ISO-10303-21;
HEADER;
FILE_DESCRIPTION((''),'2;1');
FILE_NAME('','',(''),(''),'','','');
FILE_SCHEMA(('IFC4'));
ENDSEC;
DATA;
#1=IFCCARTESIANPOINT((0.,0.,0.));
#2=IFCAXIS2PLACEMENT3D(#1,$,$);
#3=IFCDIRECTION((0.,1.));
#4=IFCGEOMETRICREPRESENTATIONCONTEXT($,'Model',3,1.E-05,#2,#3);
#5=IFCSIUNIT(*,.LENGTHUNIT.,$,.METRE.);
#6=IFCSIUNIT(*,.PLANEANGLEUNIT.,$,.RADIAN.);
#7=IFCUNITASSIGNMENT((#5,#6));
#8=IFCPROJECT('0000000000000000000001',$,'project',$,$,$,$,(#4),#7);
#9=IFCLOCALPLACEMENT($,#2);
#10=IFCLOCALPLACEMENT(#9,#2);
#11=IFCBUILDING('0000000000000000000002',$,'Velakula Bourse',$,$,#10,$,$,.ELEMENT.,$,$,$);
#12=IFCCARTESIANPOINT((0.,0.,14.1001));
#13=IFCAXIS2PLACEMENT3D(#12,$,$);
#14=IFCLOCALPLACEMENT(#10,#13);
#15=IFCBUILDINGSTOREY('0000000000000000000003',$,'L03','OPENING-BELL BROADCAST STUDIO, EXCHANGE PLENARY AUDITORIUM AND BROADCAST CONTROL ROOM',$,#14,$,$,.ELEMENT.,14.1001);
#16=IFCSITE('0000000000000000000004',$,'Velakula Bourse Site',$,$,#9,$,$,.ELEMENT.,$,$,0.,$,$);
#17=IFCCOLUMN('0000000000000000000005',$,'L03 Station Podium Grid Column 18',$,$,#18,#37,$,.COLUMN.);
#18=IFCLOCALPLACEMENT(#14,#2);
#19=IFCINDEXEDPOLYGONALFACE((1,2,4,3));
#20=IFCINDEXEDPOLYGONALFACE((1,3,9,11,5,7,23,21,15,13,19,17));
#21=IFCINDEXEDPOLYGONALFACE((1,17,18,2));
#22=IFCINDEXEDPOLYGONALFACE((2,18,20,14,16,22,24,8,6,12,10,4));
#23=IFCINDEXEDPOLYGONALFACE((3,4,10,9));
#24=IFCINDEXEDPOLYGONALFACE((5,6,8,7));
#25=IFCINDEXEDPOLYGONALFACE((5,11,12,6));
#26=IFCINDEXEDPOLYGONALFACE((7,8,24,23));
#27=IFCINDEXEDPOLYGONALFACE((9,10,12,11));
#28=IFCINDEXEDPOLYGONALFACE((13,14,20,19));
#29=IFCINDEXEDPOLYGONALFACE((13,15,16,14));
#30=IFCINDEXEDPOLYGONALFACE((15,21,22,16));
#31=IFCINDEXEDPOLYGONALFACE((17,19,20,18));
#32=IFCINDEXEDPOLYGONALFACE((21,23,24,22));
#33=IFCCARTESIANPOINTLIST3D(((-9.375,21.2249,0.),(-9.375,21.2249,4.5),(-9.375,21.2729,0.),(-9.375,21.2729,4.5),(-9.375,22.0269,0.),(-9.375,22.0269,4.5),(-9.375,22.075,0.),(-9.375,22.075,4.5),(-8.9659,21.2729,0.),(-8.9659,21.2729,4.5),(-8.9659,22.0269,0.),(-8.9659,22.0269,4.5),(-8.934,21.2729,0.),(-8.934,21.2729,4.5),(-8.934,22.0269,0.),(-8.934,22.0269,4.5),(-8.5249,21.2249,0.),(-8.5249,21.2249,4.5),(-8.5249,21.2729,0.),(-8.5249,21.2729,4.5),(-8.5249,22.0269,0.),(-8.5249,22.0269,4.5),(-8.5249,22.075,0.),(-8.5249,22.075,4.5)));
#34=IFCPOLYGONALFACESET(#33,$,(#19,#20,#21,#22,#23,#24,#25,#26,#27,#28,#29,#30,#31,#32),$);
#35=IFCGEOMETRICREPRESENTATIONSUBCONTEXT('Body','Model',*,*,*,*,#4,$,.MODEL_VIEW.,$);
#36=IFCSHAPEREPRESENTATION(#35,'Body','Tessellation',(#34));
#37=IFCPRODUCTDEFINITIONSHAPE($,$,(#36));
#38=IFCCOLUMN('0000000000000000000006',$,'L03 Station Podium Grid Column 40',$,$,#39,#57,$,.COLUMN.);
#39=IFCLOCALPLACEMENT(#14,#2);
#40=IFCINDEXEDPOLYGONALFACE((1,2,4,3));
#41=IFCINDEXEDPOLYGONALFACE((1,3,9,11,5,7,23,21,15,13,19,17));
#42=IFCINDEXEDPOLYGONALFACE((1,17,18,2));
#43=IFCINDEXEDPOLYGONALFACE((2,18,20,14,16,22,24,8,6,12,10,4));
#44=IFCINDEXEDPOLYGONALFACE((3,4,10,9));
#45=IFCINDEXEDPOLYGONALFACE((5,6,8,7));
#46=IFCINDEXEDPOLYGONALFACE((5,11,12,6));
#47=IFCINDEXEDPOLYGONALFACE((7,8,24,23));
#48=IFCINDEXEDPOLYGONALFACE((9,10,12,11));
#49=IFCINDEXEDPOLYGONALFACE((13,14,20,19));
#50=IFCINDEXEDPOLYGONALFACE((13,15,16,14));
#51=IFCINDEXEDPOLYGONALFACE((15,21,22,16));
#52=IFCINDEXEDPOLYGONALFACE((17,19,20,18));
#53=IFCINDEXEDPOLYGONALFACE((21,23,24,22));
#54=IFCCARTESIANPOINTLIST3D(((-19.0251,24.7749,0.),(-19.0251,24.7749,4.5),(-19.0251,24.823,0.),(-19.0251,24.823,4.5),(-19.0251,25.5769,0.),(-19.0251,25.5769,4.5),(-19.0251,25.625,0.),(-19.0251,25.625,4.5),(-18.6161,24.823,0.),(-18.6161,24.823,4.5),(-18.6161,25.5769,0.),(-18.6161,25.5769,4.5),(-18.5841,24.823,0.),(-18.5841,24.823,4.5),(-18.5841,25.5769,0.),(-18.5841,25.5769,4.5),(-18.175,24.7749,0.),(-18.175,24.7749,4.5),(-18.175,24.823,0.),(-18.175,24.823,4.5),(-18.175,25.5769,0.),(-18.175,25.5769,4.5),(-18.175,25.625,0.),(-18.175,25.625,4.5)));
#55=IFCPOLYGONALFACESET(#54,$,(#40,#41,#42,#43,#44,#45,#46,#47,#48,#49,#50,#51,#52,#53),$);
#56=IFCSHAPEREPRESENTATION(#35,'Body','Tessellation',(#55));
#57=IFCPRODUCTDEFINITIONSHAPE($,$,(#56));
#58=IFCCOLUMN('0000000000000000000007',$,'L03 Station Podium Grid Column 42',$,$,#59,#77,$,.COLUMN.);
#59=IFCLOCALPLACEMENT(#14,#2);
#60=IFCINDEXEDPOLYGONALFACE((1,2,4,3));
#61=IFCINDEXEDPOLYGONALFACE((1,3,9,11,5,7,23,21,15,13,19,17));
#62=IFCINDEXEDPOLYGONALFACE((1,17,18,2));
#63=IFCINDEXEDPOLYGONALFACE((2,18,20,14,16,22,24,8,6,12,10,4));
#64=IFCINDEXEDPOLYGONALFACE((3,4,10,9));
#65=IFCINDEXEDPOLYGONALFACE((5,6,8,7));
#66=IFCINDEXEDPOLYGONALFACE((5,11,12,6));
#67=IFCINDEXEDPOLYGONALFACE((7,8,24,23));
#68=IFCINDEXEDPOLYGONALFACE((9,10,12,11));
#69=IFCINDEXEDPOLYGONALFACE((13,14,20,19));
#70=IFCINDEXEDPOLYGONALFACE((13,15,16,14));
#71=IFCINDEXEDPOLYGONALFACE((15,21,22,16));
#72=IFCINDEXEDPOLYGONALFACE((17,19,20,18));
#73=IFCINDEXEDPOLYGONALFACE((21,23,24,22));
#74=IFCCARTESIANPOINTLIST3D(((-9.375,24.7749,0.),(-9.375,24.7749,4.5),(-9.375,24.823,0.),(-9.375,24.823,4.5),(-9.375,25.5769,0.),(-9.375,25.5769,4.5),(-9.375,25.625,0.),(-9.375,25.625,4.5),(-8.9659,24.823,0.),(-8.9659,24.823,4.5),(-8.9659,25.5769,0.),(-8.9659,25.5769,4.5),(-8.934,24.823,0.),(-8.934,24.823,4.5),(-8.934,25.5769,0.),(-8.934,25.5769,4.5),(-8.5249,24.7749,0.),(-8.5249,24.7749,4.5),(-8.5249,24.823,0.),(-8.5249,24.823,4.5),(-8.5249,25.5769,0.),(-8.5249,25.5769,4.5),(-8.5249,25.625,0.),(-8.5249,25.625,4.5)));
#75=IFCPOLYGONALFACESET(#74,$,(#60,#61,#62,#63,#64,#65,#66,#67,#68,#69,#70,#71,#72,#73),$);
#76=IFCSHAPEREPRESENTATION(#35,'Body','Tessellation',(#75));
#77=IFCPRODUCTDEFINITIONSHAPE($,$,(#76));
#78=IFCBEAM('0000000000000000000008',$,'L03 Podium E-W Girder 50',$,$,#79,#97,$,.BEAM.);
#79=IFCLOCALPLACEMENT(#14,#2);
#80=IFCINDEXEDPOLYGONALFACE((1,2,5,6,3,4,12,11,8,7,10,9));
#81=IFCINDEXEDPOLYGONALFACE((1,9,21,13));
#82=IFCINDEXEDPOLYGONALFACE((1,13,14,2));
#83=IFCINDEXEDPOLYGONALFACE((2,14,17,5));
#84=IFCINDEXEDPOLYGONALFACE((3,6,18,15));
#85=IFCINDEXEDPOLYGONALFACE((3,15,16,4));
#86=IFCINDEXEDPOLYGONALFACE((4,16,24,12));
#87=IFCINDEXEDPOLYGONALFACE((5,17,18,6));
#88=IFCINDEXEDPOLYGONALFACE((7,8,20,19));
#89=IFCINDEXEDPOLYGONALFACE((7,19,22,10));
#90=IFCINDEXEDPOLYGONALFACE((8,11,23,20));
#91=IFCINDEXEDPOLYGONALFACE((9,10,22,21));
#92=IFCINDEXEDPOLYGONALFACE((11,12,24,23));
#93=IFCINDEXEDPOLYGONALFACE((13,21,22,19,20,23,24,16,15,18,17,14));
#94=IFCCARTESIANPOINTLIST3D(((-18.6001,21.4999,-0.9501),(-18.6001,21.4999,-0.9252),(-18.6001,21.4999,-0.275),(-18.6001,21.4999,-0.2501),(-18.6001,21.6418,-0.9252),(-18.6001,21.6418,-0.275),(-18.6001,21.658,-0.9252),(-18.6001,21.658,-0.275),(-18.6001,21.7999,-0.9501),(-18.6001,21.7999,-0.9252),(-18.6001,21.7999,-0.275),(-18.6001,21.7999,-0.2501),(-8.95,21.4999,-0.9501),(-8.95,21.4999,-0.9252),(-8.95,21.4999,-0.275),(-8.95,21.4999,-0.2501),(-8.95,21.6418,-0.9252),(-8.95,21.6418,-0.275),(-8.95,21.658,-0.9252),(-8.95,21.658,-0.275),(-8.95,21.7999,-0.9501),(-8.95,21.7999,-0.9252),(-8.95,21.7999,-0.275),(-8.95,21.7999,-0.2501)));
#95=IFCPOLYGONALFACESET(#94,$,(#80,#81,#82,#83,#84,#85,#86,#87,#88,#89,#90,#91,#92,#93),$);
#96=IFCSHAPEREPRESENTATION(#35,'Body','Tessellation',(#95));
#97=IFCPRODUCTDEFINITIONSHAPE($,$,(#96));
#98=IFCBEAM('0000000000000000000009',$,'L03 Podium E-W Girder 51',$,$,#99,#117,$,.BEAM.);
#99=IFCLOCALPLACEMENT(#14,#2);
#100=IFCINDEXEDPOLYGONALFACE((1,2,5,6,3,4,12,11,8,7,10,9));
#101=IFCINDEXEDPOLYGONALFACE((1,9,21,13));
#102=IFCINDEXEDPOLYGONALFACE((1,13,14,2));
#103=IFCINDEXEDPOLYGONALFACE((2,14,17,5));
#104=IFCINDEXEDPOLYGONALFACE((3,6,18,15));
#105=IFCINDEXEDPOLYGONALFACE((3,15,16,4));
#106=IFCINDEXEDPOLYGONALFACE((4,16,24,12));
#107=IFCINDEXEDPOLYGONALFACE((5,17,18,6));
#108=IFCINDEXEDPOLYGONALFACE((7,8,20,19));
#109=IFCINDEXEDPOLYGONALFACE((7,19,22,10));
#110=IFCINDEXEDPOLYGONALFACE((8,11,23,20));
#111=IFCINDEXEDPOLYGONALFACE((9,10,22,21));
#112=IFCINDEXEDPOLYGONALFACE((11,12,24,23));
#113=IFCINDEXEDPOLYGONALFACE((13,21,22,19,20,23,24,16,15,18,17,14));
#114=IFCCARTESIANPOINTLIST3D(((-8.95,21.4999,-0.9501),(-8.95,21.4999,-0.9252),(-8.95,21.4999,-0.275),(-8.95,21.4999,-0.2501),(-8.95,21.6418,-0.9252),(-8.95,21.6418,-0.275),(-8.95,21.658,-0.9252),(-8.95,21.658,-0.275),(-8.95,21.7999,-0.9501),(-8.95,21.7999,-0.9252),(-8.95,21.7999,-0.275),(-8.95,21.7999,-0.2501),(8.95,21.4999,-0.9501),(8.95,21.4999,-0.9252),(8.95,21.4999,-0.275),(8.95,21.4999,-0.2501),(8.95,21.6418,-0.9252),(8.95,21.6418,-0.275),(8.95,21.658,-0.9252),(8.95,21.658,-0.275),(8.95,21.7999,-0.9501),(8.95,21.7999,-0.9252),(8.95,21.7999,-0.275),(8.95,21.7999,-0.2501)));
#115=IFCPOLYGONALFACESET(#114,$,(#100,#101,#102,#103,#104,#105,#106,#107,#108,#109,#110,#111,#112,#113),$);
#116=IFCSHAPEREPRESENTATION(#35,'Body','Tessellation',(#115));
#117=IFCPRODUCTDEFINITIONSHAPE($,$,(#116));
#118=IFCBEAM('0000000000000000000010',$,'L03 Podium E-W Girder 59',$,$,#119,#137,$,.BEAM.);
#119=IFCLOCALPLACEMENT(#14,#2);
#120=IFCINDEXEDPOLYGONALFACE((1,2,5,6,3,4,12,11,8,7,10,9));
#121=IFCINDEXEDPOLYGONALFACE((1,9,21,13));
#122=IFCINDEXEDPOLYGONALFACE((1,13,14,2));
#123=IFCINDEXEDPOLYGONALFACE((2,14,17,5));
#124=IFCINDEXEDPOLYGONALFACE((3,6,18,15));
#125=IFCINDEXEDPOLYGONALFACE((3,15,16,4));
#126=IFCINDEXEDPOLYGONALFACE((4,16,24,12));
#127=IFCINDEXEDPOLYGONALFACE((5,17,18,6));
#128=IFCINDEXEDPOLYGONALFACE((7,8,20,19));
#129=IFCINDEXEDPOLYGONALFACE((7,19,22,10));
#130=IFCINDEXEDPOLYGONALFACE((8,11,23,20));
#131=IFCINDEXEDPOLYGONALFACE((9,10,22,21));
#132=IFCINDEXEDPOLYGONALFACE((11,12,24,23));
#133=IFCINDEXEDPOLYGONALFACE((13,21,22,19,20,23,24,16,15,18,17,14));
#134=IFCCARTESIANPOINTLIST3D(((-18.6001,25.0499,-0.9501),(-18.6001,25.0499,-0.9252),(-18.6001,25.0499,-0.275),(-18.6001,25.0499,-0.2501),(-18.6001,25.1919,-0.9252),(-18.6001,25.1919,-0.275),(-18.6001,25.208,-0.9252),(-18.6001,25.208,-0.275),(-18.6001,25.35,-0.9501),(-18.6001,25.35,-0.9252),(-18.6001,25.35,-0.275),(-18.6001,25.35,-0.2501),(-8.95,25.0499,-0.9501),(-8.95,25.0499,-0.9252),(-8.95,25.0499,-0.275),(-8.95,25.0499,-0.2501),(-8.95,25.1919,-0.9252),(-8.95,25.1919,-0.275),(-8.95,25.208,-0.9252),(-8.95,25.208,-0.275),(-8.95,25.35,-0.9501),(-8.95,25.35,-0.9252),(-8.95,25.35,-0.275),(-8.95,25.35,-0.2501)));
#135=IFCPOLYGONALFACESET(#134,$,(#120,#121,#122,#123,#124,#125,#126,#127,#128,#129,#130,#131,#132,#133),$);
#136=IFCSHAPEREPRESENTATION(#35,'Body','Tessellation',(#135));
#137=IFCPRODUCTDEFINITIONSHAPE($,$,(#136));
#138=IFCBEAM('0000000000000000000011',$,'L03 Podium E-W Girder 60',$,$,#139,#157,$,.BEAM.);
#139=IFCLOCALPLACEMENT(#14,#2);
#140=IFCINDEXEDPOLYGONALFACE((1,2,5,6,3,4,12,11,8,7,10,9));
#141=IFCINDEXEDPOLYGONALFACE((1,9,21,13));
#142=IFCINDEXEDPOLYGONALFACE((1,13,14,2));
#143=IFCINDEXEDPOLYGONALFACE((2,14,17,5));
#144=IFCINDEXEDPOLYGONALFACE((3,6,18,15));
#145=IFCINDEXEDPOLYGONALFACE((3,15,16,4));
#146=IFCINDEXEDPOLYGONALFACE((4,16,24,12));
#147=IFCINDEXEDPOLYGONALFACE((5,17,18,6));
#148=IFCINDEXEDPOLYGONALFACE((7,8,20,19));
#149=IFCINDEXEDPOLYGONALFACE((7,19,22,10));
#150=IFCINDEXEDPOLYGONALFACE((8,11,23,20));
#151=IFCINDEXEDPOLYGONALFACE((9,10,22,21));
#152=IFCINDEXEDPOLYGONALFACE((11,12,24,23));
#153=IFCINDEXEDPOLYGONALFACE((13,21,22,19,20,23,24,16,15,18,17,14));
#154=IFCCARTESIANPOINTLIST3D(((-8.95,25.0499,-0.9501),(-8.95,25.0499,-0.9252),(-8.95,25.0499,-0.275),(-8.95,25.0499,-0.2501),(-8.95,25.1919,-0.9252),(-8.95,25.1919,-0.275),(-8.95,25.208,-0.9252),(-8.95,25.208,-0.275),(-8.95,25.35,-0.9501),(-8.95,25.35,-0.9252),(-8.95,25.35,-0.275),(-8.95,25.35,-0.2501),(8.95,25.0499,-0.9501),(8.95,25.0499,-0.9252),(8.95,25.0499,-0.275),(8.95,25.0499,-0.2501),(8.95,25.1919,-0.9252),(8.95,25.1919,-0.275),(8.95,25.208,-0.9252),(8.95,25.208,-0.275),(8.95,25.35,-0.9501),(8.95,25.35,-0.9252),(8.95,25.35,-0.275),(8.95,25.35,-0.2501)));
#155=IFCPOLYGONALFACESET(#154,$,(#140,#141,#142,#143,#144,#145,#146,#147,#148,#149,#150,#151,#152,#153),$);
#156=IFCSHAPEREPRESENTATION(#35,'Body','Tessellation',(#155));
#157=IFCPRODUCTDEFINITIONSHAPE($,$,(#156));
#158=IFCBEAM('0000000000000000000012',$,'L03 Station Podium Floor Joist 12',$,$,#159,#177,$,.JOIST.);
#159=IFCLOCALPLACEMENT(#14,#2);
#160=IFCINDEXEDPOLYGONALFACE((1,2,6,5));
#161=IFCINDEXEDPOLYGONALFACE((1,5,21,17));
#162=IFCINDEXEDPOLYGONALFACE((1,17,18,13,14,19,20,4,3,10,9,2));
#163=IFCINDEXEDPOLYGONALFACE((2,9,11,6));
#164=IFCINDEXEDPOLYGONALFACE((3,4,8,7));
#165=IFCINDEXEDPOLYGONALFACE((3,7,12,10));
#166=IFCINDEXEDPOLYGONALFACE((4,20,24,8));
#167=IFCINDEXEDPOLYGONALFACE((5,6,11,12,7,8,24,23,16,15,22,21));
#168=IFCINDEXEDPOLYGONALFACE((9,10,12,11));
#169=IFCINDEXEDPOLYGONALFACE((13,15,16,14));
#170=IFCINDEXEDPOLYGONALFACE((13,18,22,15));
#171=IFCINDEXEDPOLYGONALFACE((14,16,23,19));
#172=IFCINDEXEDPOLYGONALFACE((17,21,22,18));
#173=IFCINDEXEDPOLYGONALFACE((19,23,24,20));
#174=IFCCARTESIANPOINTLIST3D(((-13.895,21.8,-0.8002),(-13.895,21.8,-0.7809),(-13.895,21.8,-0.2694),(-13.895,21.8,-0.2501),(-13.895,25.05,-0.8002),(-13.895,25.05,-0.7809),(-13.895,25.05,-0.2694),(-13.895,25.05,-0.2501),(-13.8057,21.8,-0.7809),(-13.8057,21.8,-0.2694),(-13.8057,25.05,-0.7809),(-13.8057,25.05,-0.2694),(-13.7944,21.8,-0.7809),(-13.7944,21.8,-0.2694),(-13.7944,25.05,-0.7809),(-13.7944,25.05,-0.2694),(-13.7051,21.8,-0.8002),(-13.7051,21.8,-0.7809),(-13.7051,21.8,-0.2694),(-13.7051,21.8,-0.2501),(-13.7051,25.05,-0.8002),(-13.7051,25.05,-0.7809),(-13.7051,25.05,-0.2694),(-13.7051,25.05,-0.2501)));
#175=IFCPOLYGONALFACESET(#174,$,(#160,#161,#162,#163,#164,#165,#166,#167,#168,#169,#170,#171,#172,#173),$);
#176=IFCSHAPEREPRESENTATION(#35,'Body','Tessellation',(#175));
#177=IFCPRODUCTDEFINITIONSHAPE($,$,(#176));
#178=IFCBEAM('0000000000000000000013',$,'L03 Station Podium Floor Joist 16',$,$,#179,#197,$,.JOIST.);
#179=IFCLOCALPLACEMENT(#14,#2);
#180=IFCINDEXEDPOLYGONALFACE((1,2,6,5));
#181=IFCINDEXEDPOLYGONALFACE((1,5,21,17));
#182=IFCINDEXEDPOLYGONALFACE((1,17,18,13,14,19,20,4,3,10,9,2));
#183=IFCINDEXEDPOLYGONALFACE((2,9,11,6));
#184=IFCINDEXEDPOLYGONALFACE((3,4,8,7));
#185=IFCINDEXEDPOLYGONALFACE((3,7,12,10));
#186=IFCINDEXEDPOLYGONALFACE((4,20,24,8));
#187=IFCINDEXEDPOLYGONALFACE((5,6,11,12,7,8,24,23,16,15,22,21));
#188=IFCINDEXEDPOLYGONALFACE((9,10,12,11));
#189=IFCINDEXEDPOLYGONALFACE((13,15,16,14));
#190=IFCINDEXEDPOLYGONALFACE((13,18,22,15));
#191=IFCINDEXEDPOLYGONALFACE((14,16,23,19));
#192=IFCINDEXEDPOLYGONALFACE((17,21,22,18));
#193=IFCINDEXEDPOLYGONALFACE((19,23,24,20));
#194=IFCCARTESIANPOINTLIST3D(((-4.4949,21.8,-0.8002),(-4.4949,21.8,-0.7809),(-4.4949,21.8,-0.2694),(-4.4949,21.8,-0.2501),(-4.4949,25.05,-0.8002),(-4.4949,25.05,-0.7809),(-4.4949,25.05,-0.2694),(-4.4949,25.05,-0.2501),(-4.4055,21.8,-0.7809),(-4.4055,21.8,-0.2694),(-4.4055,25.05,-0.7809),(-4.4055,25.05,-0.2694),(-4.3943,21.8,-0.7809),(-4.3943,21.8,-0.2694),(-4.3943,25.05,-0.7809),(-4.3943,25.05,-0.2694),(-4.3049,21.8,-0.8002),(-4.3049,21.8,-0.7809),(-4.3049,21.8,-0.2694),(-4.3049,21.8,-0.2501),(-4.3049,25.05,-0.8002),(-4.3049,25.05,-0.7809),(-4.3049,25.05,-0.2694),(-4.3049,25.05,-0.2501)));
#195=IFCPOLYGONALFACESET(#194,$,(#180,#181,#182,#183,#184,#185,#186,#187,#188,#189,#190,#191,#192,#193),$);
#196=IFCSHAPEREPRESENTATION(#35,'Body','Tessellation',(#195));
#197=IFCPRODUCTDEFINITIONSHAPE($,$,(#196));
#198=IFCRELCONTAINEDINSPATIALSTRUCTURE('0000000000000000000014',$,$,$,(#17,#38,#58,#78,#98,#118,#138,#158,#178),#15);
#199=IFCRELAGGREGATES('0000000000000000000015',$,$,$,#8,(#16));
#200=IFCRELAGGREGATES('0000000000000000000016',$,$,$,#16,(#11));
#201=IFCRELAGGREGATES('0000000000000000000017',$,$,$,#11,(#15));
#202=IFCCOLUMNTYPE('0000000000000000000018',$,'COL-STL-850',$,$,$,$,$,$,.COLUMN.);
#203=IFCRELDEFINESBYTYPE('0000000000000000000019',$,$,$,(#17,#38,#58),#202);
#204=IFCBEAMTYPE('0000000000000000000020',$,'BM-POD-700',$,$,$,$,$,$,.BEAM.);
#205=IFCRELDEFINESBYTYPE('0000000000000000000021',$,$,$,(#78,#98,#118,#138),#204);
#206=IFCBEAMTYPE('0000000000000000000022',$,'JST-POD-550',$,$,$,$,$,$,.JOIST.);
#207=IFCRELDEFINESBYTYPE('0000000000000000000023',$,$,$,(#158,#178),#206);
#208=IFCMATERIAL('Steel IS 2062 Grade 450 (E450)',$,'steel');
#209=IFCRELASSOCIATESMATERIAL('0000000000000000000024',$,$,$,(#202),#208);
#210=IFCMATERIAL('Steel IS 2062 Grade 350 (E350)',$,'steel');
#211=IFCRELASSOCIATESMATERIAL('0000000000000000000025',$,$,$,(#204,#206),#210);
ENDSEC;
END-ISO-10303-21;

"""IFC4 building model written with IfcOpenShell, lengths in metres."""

from ifc_helpers import new_model, si_unit, direction, frame, origin, origin_2d, place, context, subcontext, project, spatial, i_section, extrude, material, material_profile, profile_set, type_object, element, save


model = new_model("IFC4")

# Units and contexts
model_context = context("Model", 3, precision=1e-05, world=origin(), true_north=direction((0.0, 1.0)))
body_context = subcontext(model_context, "Body", "Model", "MODEL_VIEW")
ifc_project = project(units=[si_unit("LENGTHUNIT", "METRE"), si_unit("PLANEANGLEUNIT", "RADIAN")], contexts=[model_context])

# Site, building, storey
site_placement = place(None, origin())
site = spatial("IfcSite", under=ifc_project, at=site_placement, Name="Velakula Bourse Site", CompositionType="ELEMENT", RefElevation=0.0)
building_placement = place(site_placement, origin())
building = spatial("IfcBuilding", under=site, at=building_placement, Name="Velakula Bourse", CompositionType="ELEMENT")
storey_placement = place(building_placement, frame((0.0, 0.0, 14.1001)))
storey = spatial("IfcBuildingStorey", under=building, at=storey_placement, Name="L03", Description="OPENING-BELL BROADCAST STUDIO, EXCHANGE PLENARY AUDITORIUM AND BROADCAST CONTROL ROOM", CompositionType="ELEMENT", Elevation=14.1001)

# Columns
ifc_material_1 = material(Name="Steel IS 2062 Grade 450 (E450)", Category="steel")
ifc_material_profile_1 = material_profile(ifc_material_1, i_section(OverallWidth=0.8501, OverallDepth=0.8501, WebThickness=0.032, FlangeThickness=0.0481, at=origin_2d()), Name="Steel IS 2062 Grade 450 (E450)")
ifc_profile_set_1 = profile_set([ifc_material_profile_1], Name="Steel IS 2062 Grade 450 (E450)")
column_type = type_object("IfcColumnType", Name="COL-STL-850", PredefinedType="COLUMN", material=ifc_profile_set_1)
for number, where, z_axis, x_axis, name in (
    (1, (-8.95, 21.6499, 0.0), (0.0, 0.0, 1.0), (1.0, 0.0, 0.0), "L03 Station Podium Grid Column 18"),
    (2, (-18.6001, 25.2, 0.0), (0.0, 0.0, 1.0), (1.0, 0.0, 0.0), "L03 Station Podium Grid Column 40"),
    (3, (-8.95, 25.2, 0.0), (0.0, 0.0, 1.0), (1.0, 0.0, 0.0), "L03 Station Podium Grid Column 42"),
):
    element("IfcColumn", number, at=place(storey_placement, frame(where, z_axis=z_axis, x_axis=x_axis)), inside=storey, type_object=column_type, Name=name, PredefinedType="COLUMN", context=body_context, shape_type="SweptSolid", body=[
        extrude(i_section(OverallWidth=0.8501, OverallDepth=0.8501, WebThickness=0.032, FlangeThickness=0.0481, at=origin_2d()), origin(), (0.0, 0.0, 1.0), 4.5),
    ])

# Beams
ifc_material_2 = material(Name="Steel IS 2062 Grade 350 (E350)", Category="steel")
ifc_material_profile_2 = material_profile(ifc_material_2, i_section(OverallWidth=0.3, OverallDepth=0.7, WebThickness=0.0161, FlangeThickness=0.0249, at=origin_2d()), Name="Steel IS 2062 Grade 350 (E350)")
ifc_profile_set_2 = profile_set([ifc_material_profile_2], Name="Steel IS 2062 Grade 350 (E350)")
beam_type_1 = type_object("IfcBeamType", Name="BM-POD-700", PredefinedType="BEAM", material=ifc_profile_set_2)
beam_1_placement = place(storey_placement, frame((-18.6001, 21.6499, -0.6001), z_axis=(1.0, 0.0, 0.0), x_axis=(0.0, 1.0, 0.0)))
element("IfcBeam", 4, at=beam_1_placement, inside=storey, type_object=beam_type_1, Name="L03 Podium E-W Girder 50", PredefinedType="BEAM", context=body_context, shape_type="SweptSolid", body=[
    extrude(i_section(OverallWidth=0.3, OverallDepth=0.7, WebThickness=0.0161, FlangeThickness=0.0249, at=origin_2d()), origin(), (0.0, 0.0, 1.0), 9.6501),
])
beam_2_placement = place(storey_placement, frame((-8.95, 21.6499, -0.6001), z_axis=(1.0, 0.0, 0.0), x_axis=(0.0, 1.0, 0.0)))
element("IfcBeam", 5, at=beam_2_placement, inside=storey, type_object=beam_type_1, Name="L03 Podium E-W Girder 51", PredefinedType="BEAM", context=body_context, shape_type="SweptSolid", body=[
    extrude(i_section(OverallWidth=0.3, OverallDepth=0.7, WebThickness=0.0161, FlangeThickness=0.0249, at=origin_2d()), origin(), (0.0, 0.0, 1.0), 17.8999),
])
beam_3_placement = place(storey_placement, frame((-18.6001, 25.2, -0.6001), z_axis=(1.0, 0.0, 0.0), x_axis=(0.0, 1.0, 0.0)))
element("IfcBeam", 6, at=beam_3_placement, inside=storey, type_object=beam_type_1, Name="L03 Podium E-W Girder 59", PredefinedType="BEAM", context=body_context, shape_type="SweptSolid", body=[
    extrude(i_section(OverallWidth=0.3, OverallDepth=0.7, WebThickness=0.0161, FlangeThickness=0.0249, at=origin_2d()), origin(), (0.0, 0.0, 1.0), 9.6501),
])
beam_4_placement = place(storey_placement, frame((-8.95, 25.2, -0.6001), z_axis=(1.0, 0.0, 0.0), x_axis=(0.0, 1.0, 0.0)))
element("IfcBeam", 7, at=beam_4_placement, inside=storey, type_object=beam_type_1, Name="L03 Podium E-W Girder 60", PredefinedType="BEAM", context=body_context, shape_type="SweptSolid", body=[
    extrude(i_section(OverallWidth=0.3, OverallDepth=0.7, WebThickness=0.0161, FlangeThickness=0.0249, at=origin_2d()), origin(), (0.0, 0.0, 1.0), 17.8999),
])
ifc_material_profile_3 = material_profile(ifc_material_2, i_section(OverallWidth=0.1899, OverallDepth=0.55, WebThickness=0.0112, FlangeThickness=0.0193, at=origin_2d()), Name="Steel IS 2062 Grade 350 (E350)")
ifc_profile_set_3 = profile_set([ifc_material_profile_3], Name="Steel IS 2062 Grade 350 (E350)")
beam_type_2 = type_object("IfcBeamType", Name="JST-POD-550", PredefinedType="JOIST", material=ifc_profile_set_3)
for number, where, z_axis, x_axis, name in (
    (8, (-13.8, 21.8, -0.5251), (0.0, 1.0, 0.0), (-1.0, 0.0, 0.0), "L03 Station Podium Floor Joist 12"),
    (9, (-4.3999, 21.8, -0.5251), (0.0, 1.0, 0.0), (-1.0, 0.0, 0.0), "L03 Station Podium Floor Joist 16"),
):
    element("IfcBeam", number, at=place(storey_placement, frame(where, z_axis=z_axis, x_axis=x_axis)), inside=storey, type_object=beam_type_2, Name=name, PredefinedType="JOIST", context=body_context, shape_type="SweptSolid", body=[
        extrude(i_section(OverallWidth=0.1899, OverallDepth=0.55, WebThickness=0.0112, FlangeThickness=0.0193, at=origin_2d()), origin(), (0.0, 0.0, 1.0), 3.25),
    ])

save(model, "model.ifc")
